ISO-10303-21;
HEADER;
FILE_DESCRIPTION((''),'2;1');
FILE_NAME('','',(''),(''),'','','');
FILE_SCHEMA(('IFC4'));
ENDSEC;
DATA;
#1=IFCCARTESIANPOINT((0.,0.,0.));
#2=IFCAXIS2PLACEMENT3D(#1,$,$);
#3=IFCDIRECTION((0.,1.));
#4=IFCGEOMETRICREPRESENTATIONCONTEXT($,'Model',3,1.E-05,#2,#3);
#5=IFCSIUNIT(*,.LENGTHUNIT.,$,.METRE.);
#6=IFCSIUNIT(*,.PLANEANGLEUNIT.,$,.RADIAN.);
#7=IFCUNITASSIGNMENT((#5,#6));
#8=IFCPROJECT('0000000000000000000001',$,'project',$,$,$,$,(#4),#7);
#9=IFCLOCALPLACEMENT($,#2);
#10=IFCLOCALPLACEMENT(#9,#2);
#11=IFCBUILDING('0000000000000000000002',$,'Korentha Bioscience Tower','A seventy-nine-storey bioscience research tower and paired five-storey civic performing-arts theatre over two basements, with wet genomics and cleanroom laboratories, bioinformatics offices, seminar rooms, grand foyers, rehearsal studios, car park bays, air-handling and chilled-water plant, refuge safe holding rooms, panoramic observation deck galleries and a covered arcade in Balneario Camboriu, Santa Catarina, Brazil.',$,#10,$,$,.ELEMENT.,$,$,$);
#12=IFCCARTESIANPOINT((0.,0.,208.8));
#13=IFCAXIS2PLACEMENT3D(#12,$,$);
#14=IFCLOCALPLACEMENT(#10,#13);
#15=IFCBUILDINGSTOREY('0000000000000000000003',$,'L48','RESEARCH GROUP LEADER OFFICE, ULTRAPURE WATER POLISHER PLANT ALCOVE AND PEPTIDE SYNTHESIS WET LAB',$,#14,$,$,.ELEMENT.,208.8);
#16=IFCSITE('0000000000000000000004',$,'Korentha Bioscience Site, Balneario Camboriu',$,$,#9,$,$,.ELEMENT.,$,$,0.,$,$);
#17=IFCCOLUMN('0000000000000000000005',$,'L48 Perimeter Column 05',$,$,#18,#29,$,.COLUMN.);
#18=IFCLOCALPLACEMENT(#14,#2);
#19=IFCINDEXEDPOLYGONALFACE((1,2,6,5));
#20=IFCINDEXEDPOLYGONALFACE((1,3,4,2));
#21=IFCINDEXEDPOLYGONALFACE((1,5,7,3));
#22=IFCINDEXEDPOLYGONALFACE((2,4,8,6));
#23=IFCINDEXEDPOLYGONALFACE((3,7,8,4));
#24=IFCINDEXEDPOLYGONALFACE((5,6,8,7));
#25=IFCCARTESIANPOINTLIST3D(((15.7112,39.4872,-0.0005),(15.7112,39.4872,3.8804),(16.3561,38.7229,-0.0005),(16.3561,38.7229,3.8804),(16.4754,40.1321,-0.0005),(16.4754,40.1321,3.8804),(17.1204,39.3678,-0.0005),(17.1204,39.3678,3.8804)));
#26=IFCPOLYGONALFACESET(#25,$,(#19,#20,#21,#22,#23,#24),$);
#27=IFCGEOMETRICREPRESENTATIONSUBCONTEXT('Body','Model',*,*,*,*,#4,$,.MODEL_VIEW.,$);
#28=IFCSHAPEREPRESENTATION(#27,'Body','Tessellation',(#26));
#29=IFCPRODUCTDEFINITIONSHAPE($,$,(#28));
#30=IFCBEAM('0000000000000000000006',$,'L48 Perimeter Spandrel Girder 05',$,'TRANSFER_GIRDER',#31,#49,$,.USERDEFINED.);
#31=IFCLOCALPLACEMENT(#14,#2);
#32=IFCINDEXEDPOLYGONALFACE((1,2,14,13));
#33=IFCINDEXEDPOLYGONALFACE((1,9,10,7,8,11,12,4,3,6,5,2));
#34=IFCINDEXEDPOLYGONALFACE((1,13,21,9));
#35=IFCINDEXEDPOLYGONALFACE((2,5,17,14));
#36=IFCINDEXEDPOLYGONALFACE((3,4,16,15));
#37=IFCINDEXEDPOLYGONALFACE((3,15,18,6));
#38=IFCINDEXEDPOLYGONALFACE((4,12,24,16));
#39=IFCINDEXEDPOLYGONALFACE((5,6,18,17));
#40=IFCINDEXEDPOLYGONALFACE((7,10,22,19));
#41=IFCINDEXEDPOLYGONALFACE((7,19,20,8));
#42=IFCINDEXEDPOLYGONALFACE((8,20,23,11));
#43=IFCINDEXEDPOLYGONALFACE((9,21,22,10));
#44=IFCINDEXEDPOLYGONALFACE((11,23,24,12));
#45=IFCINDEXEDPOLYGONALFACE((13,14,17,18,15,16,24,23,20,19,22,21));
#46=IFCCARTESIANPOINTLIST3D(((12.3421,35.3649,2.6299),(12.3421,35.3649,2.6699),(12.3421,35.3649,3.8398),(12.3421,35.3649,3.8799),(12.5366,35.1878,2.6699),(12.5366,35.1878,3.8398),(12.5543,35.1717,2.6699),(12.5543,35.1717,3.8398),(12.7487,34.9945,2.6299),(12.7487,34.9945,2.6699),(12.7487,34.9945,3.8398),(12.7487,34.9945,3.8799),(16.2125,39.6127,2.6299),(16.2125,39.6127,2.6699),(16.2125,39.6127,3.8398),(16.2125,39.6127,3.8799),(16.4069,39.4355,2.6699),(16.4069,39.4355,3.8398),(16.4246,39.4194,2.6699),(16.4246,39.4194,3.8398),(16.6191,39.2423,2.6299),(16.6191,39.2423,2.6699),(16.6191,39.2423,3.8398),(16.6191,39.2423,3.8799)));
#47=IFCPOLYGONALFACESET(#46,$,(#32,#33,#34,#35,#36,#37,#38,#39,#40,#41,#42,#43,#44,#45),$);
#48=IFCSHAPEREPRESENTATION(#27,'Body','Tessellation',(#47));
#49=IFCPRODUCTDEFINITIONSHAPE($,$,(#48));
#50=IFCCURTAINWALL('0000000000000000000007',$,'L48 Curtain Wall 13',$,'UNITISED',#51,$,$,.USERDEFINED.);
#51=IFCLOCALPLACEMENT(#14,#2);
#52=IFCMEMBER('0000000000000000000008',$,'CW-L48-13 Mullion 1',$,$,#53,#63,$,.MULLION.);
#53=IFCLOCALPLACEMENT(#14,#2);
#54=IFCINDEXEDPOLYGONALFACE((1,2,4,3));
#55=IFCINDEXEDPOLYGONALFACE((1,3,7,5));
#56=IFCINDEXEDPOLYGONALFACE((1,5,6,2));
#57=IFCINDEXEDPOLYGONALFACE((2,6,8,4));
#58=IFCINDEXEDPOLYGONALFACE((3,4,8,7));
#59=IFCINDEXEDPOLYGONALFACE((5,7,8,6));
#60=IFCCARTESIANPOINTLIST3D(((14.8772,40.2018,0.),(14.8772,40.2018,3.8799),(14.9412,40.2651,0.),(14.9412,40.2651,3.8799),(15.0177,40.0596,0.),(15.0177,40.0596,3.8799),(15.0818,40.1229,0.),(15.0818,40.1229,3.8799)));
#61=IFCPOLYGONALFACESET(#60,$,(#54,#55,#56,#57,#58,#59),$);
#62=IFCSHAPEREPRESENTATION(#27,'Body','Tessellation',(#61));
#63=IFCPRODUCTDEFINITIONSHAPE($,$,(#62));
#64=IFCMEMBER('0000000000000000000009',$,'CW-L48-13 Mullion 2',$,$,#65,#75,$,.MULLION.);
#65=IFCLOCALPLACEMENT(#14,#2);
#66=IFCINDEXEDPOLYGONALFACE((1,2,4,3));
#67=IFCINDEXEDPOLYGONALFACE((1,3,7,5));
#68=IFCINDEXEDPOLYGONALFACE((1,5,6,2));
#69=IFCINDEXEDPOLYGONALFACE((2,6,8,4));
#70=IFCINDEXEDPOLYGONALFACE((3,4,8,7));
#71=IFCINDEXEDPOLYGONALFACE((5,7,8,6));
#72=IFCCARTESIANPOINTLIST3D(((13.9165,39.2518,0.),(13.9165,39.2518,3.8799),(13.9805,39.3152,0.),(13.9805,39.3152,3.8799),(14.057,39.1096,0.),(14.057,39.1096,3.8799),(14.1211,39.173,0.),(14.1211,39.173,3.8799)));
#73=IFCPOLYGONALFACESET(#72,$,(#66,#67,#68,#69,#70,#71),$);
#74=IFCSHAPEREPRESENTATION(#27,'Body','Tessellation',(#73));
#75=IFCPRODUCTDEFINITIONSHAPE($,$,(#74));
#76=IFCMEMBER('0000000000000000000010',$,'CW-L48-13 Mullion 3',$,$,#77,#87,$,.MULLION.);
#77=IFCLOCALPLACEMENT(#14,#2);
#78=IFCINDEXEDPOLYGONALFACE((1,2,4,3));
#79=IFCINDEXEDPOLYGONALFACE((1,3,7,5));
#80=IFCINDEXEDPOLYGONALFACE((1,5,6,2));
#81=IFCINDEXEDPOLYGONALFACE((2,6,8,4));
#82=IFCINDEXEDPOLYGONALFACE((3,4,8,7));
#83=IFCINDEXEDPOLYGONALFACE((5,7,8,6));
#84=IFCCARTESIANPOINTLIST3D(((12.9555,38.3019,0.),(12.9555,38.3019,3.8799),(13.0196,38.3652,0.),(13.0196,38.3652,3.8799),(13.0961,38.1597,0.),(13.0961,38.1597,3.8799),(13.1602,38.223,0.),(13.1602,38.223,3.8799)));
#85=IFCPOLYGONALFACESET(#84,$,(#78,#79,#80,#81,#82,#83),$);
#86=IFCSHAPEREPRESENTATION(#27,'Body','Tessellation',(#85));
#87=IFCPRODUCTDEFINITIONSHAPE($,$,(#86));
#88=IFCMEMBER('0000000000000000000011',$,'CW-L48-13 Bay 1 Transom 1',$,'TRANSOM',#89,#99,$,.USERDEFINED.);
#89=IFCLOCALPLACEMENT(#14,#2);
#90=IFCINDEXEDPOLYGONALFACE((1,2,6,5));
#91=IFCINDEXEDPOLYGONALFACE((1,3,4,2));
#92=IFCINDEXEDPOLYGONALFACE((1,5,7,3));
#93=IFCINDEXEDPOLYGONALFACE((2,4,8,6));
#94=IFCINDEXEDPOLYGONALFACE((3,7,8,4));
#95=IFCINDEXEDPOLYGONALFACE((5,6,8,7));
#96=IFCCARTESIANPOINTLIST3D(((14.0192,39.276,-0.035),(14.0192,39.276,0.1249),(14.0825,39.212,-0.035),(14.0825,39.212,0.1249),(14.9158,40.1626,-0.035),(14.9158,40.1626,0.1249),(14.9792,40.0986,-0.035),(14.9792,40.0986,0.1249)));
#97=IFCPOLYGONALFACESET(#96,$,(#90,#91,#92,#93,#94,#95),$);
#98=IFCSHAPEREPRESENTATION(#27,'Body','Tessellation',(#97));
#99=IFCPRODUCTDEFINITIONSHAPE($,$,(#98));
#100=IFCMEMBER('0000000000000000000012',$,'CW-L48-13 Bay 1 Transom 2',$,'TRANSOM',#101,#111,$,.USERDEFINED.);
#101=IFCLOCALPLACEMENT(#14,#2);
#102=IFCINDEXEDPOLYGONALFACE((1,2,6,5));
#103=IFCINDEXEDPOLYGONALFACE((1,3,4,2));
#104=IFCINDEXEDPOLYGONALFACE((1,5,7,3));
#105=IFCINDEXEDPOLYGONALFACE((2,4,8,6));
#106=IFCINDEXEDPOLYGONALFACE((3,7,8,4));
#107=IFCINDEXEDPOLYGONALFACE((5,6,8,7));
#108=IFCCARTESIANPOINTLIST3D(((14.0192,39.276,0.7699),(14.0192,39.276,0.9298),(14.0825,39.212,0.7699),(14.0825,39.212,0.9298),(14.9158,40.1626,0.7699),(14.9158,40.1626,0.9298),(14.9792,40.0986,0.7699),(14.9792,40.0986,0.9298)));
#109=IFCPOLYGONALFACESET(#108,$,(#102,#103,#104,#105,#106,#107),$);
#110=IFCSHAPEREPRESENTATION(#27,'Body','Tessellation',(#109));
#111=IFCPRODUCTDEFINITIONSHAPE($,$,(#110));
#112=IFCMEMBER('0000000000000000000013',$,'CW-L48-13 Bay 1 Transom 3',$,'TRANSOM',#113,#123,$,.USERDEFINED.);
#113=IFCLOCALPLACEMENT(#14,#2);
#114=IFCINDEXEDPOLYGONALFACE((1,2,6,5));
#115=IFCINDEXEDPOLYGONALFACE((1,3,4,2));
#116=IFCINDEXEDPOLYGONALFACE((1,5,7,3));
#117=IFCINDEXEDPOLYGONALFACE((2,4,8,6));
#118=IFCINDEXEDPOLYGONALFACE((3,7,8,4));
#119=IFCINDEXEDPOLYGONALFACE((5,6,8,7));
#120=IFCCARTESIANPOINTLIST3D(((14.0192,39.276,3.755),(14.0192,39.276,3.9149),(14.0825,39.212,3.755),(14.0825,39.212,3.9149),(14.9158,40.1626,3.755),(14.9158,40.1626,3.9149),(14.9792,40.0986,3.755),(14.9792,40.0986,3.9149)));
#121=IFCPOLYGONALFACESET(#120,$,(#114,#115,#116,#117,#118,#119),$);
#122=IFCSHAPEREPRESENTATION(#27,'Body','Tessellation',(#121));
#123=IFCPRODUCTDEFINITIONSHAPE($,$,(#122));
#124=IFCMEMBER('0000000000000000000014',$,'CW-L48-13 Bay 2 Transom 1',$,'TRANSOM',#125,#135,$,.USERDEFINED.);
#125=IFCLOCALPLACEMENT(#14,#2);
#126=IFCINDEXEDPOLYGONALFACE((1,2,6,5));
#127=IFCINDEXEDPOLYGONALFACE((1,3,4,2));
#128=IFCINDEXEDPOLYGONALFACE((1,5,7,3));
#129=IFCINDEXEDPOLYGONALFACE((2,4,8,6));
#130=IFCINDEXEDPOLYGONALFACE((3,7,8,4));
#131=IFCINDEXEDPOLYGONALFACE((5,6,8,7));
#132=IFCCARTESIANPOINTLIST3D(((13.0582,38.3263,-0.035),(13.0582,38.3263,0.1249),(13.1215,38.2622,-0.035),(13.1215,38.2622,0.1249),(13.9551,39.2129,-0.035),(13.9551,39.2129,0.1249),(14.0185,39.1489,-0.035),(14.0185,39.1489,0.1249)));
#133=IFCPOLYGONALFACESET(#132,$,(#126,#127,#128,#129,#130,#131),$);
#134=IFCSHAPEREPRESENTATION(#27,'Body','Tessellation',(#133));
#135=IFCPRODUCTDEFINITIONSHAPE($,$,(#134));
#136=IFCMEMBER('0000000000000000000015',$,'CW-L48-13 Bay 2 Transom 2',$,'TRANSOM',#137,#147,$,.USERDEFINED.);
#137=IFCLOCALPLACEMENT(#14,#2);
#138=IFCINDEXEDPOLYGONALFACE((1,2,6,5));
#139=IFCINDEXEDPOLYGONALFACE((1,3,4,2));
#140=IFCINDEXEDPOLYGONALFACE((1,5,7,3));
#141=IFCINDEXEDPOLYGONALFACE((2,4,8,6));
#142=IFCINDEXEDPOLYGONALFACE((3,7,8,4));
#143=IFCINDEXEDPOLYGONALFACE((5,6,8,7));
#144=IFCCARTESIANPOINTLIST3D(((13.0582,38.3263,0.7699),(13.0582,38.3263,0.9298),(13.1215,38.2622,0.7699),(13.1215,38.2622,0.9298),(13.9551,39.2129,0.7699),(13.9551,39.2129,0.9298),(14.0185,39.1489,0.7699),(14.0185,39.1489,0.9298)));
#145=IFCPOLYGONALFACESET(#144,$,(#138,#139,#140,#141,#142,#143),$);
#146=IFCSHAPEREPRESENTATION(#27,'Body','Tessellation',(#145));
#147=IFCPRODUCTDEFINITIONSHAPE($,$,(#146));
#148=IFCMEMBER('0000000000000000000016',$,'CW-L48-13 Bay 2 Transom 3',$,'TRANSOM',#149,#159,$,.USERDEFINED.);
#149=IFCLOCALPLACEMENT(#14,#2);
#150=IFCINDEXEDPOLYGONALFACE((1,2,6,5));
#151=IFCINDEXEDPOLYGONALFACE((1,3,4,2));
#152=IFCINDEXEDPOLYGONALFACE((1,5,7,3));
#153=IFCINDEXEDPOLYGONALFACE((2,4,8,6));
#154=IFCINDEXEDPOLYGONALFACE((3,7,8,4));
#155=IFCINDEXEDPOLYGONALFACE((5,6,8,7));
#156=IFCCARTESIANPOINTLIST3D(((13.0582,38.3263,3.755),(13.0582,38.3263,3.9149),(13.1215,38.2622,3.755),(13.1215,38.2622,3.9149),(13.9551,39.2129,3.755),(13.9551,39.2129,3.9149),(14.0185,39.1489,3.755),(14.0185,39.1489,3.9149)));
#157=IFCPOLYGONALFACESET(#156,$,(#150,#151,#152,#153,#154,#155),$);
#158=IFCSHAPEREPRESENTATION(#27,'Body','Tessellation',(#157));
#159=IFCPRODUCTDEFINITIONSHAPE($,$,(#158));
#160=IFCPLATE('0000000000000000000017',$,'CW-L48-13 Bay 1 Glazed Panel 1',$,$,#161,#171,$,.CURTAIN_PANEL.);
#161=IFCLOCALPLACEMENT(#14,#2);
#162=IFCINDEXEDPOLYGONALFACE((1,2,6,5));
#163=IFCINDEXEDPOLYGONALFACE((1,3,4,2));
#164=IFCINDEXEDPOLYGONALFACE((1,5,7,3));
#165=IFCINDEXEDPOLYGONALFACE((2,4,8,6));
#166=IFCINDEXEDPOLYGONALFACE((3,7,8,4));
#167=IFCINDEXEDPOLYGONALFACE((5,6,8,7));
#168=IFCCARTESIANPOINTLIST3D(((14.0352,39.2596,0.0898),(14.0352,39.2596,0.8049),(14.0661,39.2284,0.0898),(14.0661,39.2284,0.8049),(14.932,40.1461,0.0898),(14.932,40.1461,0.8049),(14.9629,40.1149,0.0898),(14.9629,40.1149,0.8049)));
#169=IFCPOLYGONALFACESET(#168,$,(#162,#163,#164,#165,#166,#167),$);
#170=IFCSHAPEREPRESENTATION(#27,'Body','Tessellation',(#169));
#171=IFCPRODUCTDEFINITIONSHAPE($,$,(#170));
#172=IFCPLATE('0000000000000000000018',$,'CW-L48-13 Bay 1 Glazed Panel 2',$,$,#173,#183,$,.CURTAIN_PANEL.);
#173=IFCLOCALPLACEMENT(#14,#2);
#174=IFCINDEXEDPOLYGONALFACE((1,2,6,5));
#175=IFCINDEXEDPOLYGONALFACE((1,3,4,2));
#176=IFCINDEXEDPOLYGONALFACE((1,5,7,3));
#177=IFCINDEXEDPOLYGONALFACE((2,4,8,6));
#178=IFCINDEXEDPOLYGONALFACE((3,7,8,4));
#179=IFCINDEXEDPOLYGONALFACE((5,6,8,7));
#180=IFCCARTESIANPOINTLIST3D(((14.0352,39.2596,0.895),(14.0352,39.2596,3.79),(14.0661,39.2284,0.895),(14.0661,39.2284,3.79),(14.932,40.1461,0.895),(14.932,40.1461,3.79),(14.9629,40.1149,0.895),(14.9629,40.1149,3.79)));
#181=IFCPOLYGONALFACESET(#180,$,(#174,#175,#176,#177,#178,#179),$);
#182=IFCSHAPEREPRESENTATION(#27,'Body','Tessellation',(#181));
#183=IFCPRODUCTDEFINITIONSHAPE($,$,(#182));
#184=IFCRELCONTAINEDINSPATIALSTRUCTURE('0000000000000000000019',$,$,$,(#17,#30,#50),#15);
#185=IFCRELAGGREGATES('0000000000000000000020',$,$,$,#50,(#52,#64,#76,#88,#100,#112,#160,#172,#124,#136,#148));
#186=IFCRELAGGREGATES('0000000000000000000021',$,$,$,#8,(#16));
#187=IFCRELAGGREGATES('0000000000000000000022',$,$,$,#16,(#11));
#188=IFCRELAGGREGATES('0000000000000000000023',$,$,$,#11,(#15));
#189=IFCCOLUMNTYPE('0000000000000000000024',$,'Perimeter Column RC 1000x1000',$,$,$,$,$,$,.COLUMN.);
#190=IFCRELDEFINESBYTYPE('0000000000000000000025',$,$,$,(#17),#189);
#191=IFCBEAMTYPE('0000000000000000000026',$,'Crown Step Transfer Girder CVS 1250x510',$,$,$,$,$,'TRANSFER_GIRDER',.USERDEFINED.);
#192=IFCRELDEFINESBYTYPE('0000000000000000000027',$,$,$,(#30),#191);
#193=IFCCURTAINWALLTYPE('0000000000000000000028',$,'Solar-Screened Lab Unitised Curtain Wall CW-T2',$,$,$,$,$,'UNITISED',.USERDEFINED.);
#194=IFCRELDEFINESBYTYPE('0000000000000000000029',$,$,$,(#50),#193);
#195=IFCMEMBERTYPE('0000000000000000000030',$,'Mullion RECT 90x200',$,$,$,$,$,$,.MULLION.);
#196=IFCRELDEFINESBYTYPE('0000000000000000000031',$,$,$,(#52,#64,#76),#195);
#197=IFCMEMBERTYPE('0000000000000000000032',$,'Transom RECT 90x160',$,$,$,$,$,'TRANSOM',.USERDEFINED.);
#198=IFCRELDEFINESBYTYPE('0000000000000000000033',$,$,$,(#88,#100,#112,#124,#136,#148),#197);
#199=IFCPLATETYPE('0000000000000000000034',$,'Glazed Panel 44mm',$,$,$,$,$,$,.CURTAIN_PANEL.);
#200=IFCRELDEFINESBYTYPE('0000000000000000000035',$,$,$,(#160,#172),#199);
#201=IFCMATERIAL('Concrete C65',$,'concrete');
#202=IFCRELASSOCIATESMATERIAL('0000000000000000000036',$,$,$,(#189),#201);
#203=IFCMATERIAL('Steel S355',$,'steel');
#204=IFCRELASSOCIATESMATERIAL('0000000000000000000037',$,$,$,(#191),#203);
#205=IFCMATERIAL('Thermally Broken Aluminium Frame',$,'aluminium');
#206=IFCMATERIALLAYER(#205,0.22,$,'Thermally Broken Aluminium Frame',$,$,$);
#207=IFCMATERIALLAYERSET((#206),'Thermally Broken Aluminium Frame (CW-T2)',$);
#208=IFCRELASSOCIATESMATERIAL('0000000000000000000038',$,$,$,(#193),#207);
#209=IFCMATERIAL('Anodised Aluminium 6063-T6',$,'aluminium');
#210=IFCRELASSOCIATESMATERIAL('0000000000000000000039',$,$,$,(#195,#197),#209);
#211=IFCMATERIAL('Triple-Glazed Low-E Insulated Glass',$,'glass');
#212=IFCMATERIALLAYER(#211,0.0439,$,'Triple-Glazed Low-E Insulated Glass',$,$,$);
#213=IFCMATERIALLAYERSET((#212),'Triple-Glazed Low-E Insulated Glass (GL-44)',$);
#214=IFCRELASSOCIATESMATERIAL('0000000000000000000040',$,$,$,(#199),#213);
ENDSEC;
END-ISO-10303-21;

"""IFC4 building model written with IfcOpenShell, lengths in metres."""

from ifc_helpers import new_model, si_unit, direction, frame, origin, origin_2d, place, context, subcontext, project, spatial, rectangle, i_section, extrude, material, layer, layer_set, material_profile, profile_set, type_object, element, aggregate, save


model = new_model("IFC4")

# Units and contexts
model_context = context("Model", 3, precision=1e-05, world=origin(), true_north=direction((0.0, 1.0)))
body_context = subcontext(model_context, "Body", "Model", "MODEL_VIEW")
ifc_project = project(units=[si_unit("LENGTHUNIT", "METRE"), si_unit("PLANEANGLEUNIT", "RADIAN")], contexts=[model_context])

# Site, building, storey
site_placement = place(None, origin())
site = spatial("IfcSite", under=ifc_project, at=site_placement, Name="Korentha Bioscience Site, Balneario Camboriu", CompositionType="ELEMENT", RefElevation=0.0)
building_placement = place(site_placement, origin())
building = spatial("IfcBuilding", under=site, at=building_placement, Name="Korentha Bioscience Tower", Description="A seventy-nine-storey bioscience research tower and paired five-storey civic performing-arts theatre over two basements, with wet genomics and cleanroom laboratories, bioinformatics offices, seminar rooms, grand foyers, rehearsal studios, car park bays, air-handling and chilled-water plant, refuge safe holding rooms, panoramic observation deck galleries and a covered arcade in Balneario Camboriu, Santa Catarina, Brazil.", CompositionType="ELEMENT")
storey_placement = place(building_placement, frame((0.0, 0.0, 208.8)))
storey = spatial("IfcBuildingStorey", under=building, at=storey_placement, Name="L48", Description="RESEARCH GROUP LEADER OFFICE, ULTRAPURE WATER POLISHER PLANT ALCOVE AND PEPTIDE SYNTHESIS WET LAB", CompositionType="ELEMENT", Elevation=208.8)

# Column
ifc_material_1 = material(Name="Concrete C65", Category="concrete")
ifc_material_profile_1 = material_profile(ifc_material_1, rectangle(XDim=1.0, YDim=1.0, at=origin_2d()), Name="Concrete C65")
ifc_profile_set_1 = profile_set([ifc_material_profile_1], Name="Concrete C65 (COL-P10)")
column_type = type_object("IfcColumnType", Name="Perimeter Column RC 1000x1000", PredefinedType="COLUMN", material=ifc_profile_set_1)
column_placement = place(storey_placement, frame((16.4158, 39.4275, -0.0005), z_axis=(0.0, 0.0, 1.0), x_axis=(0.764246, 0.644924, 0.0)))
element("IfcColumn", 1, at=column_placement, inside=storey, type_object=column_type, Name="L48 Perimeter Column 05", PredefinedType="COLUMN", context=body_context, shape_type="SweptSolid", body=[
    extrude(rectangle(XDim=1.0, YDim=1.0, at=origin_2d()), origin(), (0.0, 0.0, 1.0), 3.8809),
])

# Beam
ifc_material_2 = material(Name="Steel S355", Category="steel")
ifc_material_profile_2 = material_profile(ifc_material_2, i_section(OverallWidth=0.55, OverallDepth=1.25, WebThickness=0.0239, FlangeThickness=0.04, at=origin_2d()), Name="Steel S355")
ifc_profile_set_2 = profile_set([ifc_material_profile_2], Name="Steel S355 (TG-03)")
beam_type = type_object("IfcBeamType", Name="Crown Step Transfer Girder CVS 1250x510", ElementType="TRANSFER_GIRDER", PredefinedType="USERDEFINED", material=ifc_profile_set_2)
beam_placement = place(storey_placement, frame((16.4158, 39.4275, 3.2549), z_axis=(-0.673503, -0.739184, 0.0), x_axis=(0.739184, -0.673503, 0.0)))
element("IfcBeam", 2, at=beam_placement, inside=storey, type_object=beam_type, Name="L48 Perimeter Spandrel Girder 05", ObjectType="TRANSFER_GIRDER", PredefinedType="USERDEFINED", context=body_context, shape_type="SweptSolid", body=[
    extrude(i_section(OverallWidth=0.55, OverallDepth=1.25, WebThickness=0.0239, FlangeThickness=0.04, at=origin_2d()), origin(), (0.0, 0.0, 1.0), 5.7466),
])

# Curtain wall, members, plates
ifc_material_3 = material(Name="Thermally Broken Aluminium Frame", Category="aluminium")
ifc_layer_1 = layer(ifc_material_3, 0.22, Name="Thermally Broken Aluminium Frame")
ifc_layer_set_1 = layer_set([ifc_layer_1], Name="Thermally Broken Aluminium Frame (CW-T2)")
curtain_wall_type = type_object("IfcCurtainWallType", Name="Solar-Screened Lab Unitised Curtain Wall CW-T2", ElementType="UNITISED", PredefinedType="USERDEFINED", material=ifc_layer_set_1)
curtain_wall_placement = place(storey_placement, origin())
curtain_wall = element("IfcCurtainWall", 3, at=curtain_wall_placement, inside=storey, type_object=curtain_wall_type, Name="L48 Curtain Wall 13", ObjectType="UNITISED", PredefinedType="USERDEFINED")
ifc_material_4 = material(Name="Anodised Aluminium 6063-T6", Category="aluminium")
ifc_material_profile_3 = material_profile(ifc_material_4, rectangle(XDim=0.0901, YDim=0.2, at=origin_2d()), Name="Anodised Aluminium 6063-T6")
ifc_profile_set_3 = profile_set([ifc_material_profile_3], Name="Anodised Aluminium 6063-T6 (CW-MUL)")
member_type_1 = type_object("IfcMemberType", Name="Mullion RECT 90x200", PredefinedType="MULLION", material=ifc_profile_set_3)
member_1_placement = place(storey_placement, frame((14.9795, 40.1624, 0.0), z_axis=(0.0, 0.0, 1.0), x_axis=(-0.711178, -0.703012, 0.0)))
member_1 = element("IfcMember", 4, at=member_1_placement, type_object=member_type_1, Name="CW-L48-13 Mullion 1", PredefinedType="MULLION", context=body_context, shape_type="SweptSolid", body=[
    extrude(rectangle(XDim=0.0901, YDim=0.2, at=origin_2d()), origin(), (0.0, 0.0, 1.0), 3.8799),
])
member_2_placement = place(storey_placement, frame((14.0188, 39.2124, 0.0), z_axis=(0.0, 0.0, 1.0), x_axis=(-0.711178, -0.703012, 0.0)))
member_2 = element("IfcMember", 5, at=member_2_placement, type_object=member_type_1, Name="CW-L48-13 Mullion 2", PredefinedType="MULLION", context=body_context, shape_type="SweptSolid", body=[
    extrude(rectangle(XDim=0.0901, YDim=0.2, at=origin_2d()), origin(), (0.0, 0.0, 1.0), 3.8799),
])
member_3_placement = place(storey_placement, frame((13.0579, 38.2625, 0.0), z_axis=(0.0, 0.0, 1.0), x_axis=(-0.711178, -0.703012, 0.0)))
member_3 = element("IfcMember", 6, at=member_3_placement, type_object=member_type_1, Name="CW-L48-13 Mullion 3", PredefinedType="MULLION", context=body_context, shape_type="SweptSolid", body=[
    extrude(rectangle(XDim=0.0901, YDim=0.2, at=origin_2d()), origin(), (0.0, 0.0, 1.0), 3.8799),
])
ifc_material_profile_4 = material_profile(ifc_material_4, rectangle(XDim=0.0901, YDim=0.1599, at=origin_2d()), Name="Anodised Aluminium 6063-T6")
ifc_profile_set_4 = profile_set([ifc_material_profile_4], Name="Anodised Aluminium 6063-T6 (CW-TRN)")
member_type_2 = type_object("IfcMemberType", Name="Transom RECT 90x160", ElementType="TRANSOM", PredefinedType="USERDEFINED", material=ifc_profile_set_4)
member_4_placement = place(storey_placement, frame((14.9475, 40.1306, 0.0449), z_axis=(-0.711064, -0.703127, 0.0), x_axis=(0.703127, -0.711064, 0.0)))
member_4 = element("IfcMember", 7, at=member_4_placement, type_object=member_type_2, Name="CW-L48-13 Bay 1 Transom 1", ObjectType="TRANSOM", PredefinedType="USERDEFINED", context=body_context, shape_type="SweptSolid", body=[
    extrude(rectangle(XDim=0.0901, YDim=0.1599, at=origin_2d()), origin(), (0.0, 0.0, 1.0), 1.261),
])
member_5_placement = place(storey_placement, frame((14.9475, 40.1306, 0.8499), z_axis=(-0.711064, -0.703127, 0.0), x_axis=(0.703127, -0.711064, 0.0)))
member_5 = element("IfcMember", 8, at=member_5_placement, type_object=member_type_2, Name="CW-L48-13 Bay 1 Transom 2", ObjectType="TRANSOM", PredefinedType="USERDEFINED", context=body_context, shape_type="SweptSolid", body=[
    extrude(rectangle(XDim=0.0901, YDim=0.1599, at=origin_2d()), origin(), (0.0, 0.0, 1.0), 1.261),
])
member_6_placement = place(storey_placement, frame((14.9475, 40.1306, 3.835), z_axis=(-0.711064, -0.703127, 0.0), x_axis=(0.703127, -0.711064, 0.0)))
member_6 = element("IfcMember", 9, at=member_6_placement, type_object=member_type_2, Name="CW-L48-13 Bay 1 Transom 3", ObjectType="TRANSOM", PredefinedType="USERDEFINED", context=body_context, shape_type="SweptSolid", body=[
    extrude(rectangle(XDim=0.0901, YDim=0.1599, at=origin_2d()), origin(), (0.0, 0.0, 1.0), 1.261),
])
member_7_placement = place(storey_placement, frame((13.9868, 39.1809, 0.0449), z_axis=(-0.71116, -0.70303, 0.0), x_axis=(0.70303, -0.71116, 0.0)))
member_7 = element("IfcMember", 10, at=member_7_placement, type_object=member_type_2, Name="CW-L48-13 Bay 2 Transom 1", ObjectType="TRANSOM", PredefinedType="USERDEFINED", context=body_context, shape_type="SweptSolid", body=[
    extrude(rectangle(XDim=0.0901, YDim=0.1599, at=origin_2d()), origin(), (0.0, 0.0, 1.0), 1.2612),
])
member_8_placement = place(storey_placement, frame((13.9868, 39.1809, 0.8499), z_axis=(-0.71116, -0.70303, 0.0), x_axis=(0.70303, -0.71116, 0.0)))
member_8 = element("IfcMember", 11, at=member_8_placement, type_object=member_type_2, Name="CW-L48-13 Bay 2 Transom 2", ObjectType="TRANSOM", PredefinedType="USERDEFINED", context=body_context, shape_type="SweptSolid", body=[
    extrude(rectangle(XDim=0.0901, YDim=0.1599, at=origin_2d()), origin(), (0.0, 0.0, 1.0), 1.2612),
])
member_9_placement = place(storey_placement, frame((13.9868, 39.1809, 3.835), z_axis=(-0.71116, -0.70303, 0.0), x_axis=(0.70303, -0.71116, 0.0)))
member_9 = element("IfcMember", 12, at=member_9_placement, type_object=member_type_2, Name="CW-L48-13 Bay 2 Transom 3", ObjectType="TRANSOM", PredefinedType="USERDEFINED", context=body_context, shape_type="SweptSolid", body=[
    extrude(rectangle(XDim=0.0901, YDim=0.1599, at=origin_2d()), origin(), (0.0, 0.0, 1.0), 1.2612),
])
ifc_material_5 = material(Name="Triple-Glazed Low-E Insulated Glass", Category="glass")
ifc_layer_2 = layer(ifc_material_5, 0.0439, Name="Triple-Glazed Low-E Insulated Glass")
ifc_layer_set_2 = layer_set([ifc_layer_2], Name="Triple-Glazed Low-E Insulated Glass (GL-44)")
plate_type = type_object("IfcPlateType", Name="Glazed Panel 44mm", PredefinedType="CURTAIN_PANEL", material=ifc_layer_set_2)
plate_1_placement = place(storey_placement, frame((14.499, 39.6873, 0.0898), z_axis=(0.0, 0.0, 1.0), x_axis=(-0.711178, -0.703012, 0.0)))
plate_1 = element("IfcPlate", 13, at=plate_1_placement, type_object=plate_type, Name="CW-L48-13 Bay 1 Glazed Panel 1", PredefinedType="CURTAIN_PANEL", context=body_context, shape_type="SweptSolid", body=[
    extrude(rectangle(XDim=1.261, YDim=0.0439, at=origin_2d()), origin(), (0.0, 0.0, 1.0), 0.7151),
])
plate_2_placement = place(storey_placement, frame((14.499, 39.6873, 0.895), z_axis=(0.0, 0.0, 1.0), x_axis=(-0.711178, -0.703012, 0.0)))
plate_2 = element("IfcPlate", 14, at=plate_2_placement, type_object=plate_type, Name="CW-L48-13 Bay 1 Glazed Panel 2", PredefinedType="CURTAIN_PANEL", context=body_context, shape_type="SweptSolid", body=[
    extrude(rectangle(XDim=1.261, YDim=0.0439, at=origin_2d()), origin(), (0.0, 0.0, 1.0), 2.895),
])
aggregate(curtain_wall, [member_1, member_2, member_3, member_4, member_5, member_6, plate_1, plate_2, member_7, member_8, member_9])

save(model, "model.ifc")
